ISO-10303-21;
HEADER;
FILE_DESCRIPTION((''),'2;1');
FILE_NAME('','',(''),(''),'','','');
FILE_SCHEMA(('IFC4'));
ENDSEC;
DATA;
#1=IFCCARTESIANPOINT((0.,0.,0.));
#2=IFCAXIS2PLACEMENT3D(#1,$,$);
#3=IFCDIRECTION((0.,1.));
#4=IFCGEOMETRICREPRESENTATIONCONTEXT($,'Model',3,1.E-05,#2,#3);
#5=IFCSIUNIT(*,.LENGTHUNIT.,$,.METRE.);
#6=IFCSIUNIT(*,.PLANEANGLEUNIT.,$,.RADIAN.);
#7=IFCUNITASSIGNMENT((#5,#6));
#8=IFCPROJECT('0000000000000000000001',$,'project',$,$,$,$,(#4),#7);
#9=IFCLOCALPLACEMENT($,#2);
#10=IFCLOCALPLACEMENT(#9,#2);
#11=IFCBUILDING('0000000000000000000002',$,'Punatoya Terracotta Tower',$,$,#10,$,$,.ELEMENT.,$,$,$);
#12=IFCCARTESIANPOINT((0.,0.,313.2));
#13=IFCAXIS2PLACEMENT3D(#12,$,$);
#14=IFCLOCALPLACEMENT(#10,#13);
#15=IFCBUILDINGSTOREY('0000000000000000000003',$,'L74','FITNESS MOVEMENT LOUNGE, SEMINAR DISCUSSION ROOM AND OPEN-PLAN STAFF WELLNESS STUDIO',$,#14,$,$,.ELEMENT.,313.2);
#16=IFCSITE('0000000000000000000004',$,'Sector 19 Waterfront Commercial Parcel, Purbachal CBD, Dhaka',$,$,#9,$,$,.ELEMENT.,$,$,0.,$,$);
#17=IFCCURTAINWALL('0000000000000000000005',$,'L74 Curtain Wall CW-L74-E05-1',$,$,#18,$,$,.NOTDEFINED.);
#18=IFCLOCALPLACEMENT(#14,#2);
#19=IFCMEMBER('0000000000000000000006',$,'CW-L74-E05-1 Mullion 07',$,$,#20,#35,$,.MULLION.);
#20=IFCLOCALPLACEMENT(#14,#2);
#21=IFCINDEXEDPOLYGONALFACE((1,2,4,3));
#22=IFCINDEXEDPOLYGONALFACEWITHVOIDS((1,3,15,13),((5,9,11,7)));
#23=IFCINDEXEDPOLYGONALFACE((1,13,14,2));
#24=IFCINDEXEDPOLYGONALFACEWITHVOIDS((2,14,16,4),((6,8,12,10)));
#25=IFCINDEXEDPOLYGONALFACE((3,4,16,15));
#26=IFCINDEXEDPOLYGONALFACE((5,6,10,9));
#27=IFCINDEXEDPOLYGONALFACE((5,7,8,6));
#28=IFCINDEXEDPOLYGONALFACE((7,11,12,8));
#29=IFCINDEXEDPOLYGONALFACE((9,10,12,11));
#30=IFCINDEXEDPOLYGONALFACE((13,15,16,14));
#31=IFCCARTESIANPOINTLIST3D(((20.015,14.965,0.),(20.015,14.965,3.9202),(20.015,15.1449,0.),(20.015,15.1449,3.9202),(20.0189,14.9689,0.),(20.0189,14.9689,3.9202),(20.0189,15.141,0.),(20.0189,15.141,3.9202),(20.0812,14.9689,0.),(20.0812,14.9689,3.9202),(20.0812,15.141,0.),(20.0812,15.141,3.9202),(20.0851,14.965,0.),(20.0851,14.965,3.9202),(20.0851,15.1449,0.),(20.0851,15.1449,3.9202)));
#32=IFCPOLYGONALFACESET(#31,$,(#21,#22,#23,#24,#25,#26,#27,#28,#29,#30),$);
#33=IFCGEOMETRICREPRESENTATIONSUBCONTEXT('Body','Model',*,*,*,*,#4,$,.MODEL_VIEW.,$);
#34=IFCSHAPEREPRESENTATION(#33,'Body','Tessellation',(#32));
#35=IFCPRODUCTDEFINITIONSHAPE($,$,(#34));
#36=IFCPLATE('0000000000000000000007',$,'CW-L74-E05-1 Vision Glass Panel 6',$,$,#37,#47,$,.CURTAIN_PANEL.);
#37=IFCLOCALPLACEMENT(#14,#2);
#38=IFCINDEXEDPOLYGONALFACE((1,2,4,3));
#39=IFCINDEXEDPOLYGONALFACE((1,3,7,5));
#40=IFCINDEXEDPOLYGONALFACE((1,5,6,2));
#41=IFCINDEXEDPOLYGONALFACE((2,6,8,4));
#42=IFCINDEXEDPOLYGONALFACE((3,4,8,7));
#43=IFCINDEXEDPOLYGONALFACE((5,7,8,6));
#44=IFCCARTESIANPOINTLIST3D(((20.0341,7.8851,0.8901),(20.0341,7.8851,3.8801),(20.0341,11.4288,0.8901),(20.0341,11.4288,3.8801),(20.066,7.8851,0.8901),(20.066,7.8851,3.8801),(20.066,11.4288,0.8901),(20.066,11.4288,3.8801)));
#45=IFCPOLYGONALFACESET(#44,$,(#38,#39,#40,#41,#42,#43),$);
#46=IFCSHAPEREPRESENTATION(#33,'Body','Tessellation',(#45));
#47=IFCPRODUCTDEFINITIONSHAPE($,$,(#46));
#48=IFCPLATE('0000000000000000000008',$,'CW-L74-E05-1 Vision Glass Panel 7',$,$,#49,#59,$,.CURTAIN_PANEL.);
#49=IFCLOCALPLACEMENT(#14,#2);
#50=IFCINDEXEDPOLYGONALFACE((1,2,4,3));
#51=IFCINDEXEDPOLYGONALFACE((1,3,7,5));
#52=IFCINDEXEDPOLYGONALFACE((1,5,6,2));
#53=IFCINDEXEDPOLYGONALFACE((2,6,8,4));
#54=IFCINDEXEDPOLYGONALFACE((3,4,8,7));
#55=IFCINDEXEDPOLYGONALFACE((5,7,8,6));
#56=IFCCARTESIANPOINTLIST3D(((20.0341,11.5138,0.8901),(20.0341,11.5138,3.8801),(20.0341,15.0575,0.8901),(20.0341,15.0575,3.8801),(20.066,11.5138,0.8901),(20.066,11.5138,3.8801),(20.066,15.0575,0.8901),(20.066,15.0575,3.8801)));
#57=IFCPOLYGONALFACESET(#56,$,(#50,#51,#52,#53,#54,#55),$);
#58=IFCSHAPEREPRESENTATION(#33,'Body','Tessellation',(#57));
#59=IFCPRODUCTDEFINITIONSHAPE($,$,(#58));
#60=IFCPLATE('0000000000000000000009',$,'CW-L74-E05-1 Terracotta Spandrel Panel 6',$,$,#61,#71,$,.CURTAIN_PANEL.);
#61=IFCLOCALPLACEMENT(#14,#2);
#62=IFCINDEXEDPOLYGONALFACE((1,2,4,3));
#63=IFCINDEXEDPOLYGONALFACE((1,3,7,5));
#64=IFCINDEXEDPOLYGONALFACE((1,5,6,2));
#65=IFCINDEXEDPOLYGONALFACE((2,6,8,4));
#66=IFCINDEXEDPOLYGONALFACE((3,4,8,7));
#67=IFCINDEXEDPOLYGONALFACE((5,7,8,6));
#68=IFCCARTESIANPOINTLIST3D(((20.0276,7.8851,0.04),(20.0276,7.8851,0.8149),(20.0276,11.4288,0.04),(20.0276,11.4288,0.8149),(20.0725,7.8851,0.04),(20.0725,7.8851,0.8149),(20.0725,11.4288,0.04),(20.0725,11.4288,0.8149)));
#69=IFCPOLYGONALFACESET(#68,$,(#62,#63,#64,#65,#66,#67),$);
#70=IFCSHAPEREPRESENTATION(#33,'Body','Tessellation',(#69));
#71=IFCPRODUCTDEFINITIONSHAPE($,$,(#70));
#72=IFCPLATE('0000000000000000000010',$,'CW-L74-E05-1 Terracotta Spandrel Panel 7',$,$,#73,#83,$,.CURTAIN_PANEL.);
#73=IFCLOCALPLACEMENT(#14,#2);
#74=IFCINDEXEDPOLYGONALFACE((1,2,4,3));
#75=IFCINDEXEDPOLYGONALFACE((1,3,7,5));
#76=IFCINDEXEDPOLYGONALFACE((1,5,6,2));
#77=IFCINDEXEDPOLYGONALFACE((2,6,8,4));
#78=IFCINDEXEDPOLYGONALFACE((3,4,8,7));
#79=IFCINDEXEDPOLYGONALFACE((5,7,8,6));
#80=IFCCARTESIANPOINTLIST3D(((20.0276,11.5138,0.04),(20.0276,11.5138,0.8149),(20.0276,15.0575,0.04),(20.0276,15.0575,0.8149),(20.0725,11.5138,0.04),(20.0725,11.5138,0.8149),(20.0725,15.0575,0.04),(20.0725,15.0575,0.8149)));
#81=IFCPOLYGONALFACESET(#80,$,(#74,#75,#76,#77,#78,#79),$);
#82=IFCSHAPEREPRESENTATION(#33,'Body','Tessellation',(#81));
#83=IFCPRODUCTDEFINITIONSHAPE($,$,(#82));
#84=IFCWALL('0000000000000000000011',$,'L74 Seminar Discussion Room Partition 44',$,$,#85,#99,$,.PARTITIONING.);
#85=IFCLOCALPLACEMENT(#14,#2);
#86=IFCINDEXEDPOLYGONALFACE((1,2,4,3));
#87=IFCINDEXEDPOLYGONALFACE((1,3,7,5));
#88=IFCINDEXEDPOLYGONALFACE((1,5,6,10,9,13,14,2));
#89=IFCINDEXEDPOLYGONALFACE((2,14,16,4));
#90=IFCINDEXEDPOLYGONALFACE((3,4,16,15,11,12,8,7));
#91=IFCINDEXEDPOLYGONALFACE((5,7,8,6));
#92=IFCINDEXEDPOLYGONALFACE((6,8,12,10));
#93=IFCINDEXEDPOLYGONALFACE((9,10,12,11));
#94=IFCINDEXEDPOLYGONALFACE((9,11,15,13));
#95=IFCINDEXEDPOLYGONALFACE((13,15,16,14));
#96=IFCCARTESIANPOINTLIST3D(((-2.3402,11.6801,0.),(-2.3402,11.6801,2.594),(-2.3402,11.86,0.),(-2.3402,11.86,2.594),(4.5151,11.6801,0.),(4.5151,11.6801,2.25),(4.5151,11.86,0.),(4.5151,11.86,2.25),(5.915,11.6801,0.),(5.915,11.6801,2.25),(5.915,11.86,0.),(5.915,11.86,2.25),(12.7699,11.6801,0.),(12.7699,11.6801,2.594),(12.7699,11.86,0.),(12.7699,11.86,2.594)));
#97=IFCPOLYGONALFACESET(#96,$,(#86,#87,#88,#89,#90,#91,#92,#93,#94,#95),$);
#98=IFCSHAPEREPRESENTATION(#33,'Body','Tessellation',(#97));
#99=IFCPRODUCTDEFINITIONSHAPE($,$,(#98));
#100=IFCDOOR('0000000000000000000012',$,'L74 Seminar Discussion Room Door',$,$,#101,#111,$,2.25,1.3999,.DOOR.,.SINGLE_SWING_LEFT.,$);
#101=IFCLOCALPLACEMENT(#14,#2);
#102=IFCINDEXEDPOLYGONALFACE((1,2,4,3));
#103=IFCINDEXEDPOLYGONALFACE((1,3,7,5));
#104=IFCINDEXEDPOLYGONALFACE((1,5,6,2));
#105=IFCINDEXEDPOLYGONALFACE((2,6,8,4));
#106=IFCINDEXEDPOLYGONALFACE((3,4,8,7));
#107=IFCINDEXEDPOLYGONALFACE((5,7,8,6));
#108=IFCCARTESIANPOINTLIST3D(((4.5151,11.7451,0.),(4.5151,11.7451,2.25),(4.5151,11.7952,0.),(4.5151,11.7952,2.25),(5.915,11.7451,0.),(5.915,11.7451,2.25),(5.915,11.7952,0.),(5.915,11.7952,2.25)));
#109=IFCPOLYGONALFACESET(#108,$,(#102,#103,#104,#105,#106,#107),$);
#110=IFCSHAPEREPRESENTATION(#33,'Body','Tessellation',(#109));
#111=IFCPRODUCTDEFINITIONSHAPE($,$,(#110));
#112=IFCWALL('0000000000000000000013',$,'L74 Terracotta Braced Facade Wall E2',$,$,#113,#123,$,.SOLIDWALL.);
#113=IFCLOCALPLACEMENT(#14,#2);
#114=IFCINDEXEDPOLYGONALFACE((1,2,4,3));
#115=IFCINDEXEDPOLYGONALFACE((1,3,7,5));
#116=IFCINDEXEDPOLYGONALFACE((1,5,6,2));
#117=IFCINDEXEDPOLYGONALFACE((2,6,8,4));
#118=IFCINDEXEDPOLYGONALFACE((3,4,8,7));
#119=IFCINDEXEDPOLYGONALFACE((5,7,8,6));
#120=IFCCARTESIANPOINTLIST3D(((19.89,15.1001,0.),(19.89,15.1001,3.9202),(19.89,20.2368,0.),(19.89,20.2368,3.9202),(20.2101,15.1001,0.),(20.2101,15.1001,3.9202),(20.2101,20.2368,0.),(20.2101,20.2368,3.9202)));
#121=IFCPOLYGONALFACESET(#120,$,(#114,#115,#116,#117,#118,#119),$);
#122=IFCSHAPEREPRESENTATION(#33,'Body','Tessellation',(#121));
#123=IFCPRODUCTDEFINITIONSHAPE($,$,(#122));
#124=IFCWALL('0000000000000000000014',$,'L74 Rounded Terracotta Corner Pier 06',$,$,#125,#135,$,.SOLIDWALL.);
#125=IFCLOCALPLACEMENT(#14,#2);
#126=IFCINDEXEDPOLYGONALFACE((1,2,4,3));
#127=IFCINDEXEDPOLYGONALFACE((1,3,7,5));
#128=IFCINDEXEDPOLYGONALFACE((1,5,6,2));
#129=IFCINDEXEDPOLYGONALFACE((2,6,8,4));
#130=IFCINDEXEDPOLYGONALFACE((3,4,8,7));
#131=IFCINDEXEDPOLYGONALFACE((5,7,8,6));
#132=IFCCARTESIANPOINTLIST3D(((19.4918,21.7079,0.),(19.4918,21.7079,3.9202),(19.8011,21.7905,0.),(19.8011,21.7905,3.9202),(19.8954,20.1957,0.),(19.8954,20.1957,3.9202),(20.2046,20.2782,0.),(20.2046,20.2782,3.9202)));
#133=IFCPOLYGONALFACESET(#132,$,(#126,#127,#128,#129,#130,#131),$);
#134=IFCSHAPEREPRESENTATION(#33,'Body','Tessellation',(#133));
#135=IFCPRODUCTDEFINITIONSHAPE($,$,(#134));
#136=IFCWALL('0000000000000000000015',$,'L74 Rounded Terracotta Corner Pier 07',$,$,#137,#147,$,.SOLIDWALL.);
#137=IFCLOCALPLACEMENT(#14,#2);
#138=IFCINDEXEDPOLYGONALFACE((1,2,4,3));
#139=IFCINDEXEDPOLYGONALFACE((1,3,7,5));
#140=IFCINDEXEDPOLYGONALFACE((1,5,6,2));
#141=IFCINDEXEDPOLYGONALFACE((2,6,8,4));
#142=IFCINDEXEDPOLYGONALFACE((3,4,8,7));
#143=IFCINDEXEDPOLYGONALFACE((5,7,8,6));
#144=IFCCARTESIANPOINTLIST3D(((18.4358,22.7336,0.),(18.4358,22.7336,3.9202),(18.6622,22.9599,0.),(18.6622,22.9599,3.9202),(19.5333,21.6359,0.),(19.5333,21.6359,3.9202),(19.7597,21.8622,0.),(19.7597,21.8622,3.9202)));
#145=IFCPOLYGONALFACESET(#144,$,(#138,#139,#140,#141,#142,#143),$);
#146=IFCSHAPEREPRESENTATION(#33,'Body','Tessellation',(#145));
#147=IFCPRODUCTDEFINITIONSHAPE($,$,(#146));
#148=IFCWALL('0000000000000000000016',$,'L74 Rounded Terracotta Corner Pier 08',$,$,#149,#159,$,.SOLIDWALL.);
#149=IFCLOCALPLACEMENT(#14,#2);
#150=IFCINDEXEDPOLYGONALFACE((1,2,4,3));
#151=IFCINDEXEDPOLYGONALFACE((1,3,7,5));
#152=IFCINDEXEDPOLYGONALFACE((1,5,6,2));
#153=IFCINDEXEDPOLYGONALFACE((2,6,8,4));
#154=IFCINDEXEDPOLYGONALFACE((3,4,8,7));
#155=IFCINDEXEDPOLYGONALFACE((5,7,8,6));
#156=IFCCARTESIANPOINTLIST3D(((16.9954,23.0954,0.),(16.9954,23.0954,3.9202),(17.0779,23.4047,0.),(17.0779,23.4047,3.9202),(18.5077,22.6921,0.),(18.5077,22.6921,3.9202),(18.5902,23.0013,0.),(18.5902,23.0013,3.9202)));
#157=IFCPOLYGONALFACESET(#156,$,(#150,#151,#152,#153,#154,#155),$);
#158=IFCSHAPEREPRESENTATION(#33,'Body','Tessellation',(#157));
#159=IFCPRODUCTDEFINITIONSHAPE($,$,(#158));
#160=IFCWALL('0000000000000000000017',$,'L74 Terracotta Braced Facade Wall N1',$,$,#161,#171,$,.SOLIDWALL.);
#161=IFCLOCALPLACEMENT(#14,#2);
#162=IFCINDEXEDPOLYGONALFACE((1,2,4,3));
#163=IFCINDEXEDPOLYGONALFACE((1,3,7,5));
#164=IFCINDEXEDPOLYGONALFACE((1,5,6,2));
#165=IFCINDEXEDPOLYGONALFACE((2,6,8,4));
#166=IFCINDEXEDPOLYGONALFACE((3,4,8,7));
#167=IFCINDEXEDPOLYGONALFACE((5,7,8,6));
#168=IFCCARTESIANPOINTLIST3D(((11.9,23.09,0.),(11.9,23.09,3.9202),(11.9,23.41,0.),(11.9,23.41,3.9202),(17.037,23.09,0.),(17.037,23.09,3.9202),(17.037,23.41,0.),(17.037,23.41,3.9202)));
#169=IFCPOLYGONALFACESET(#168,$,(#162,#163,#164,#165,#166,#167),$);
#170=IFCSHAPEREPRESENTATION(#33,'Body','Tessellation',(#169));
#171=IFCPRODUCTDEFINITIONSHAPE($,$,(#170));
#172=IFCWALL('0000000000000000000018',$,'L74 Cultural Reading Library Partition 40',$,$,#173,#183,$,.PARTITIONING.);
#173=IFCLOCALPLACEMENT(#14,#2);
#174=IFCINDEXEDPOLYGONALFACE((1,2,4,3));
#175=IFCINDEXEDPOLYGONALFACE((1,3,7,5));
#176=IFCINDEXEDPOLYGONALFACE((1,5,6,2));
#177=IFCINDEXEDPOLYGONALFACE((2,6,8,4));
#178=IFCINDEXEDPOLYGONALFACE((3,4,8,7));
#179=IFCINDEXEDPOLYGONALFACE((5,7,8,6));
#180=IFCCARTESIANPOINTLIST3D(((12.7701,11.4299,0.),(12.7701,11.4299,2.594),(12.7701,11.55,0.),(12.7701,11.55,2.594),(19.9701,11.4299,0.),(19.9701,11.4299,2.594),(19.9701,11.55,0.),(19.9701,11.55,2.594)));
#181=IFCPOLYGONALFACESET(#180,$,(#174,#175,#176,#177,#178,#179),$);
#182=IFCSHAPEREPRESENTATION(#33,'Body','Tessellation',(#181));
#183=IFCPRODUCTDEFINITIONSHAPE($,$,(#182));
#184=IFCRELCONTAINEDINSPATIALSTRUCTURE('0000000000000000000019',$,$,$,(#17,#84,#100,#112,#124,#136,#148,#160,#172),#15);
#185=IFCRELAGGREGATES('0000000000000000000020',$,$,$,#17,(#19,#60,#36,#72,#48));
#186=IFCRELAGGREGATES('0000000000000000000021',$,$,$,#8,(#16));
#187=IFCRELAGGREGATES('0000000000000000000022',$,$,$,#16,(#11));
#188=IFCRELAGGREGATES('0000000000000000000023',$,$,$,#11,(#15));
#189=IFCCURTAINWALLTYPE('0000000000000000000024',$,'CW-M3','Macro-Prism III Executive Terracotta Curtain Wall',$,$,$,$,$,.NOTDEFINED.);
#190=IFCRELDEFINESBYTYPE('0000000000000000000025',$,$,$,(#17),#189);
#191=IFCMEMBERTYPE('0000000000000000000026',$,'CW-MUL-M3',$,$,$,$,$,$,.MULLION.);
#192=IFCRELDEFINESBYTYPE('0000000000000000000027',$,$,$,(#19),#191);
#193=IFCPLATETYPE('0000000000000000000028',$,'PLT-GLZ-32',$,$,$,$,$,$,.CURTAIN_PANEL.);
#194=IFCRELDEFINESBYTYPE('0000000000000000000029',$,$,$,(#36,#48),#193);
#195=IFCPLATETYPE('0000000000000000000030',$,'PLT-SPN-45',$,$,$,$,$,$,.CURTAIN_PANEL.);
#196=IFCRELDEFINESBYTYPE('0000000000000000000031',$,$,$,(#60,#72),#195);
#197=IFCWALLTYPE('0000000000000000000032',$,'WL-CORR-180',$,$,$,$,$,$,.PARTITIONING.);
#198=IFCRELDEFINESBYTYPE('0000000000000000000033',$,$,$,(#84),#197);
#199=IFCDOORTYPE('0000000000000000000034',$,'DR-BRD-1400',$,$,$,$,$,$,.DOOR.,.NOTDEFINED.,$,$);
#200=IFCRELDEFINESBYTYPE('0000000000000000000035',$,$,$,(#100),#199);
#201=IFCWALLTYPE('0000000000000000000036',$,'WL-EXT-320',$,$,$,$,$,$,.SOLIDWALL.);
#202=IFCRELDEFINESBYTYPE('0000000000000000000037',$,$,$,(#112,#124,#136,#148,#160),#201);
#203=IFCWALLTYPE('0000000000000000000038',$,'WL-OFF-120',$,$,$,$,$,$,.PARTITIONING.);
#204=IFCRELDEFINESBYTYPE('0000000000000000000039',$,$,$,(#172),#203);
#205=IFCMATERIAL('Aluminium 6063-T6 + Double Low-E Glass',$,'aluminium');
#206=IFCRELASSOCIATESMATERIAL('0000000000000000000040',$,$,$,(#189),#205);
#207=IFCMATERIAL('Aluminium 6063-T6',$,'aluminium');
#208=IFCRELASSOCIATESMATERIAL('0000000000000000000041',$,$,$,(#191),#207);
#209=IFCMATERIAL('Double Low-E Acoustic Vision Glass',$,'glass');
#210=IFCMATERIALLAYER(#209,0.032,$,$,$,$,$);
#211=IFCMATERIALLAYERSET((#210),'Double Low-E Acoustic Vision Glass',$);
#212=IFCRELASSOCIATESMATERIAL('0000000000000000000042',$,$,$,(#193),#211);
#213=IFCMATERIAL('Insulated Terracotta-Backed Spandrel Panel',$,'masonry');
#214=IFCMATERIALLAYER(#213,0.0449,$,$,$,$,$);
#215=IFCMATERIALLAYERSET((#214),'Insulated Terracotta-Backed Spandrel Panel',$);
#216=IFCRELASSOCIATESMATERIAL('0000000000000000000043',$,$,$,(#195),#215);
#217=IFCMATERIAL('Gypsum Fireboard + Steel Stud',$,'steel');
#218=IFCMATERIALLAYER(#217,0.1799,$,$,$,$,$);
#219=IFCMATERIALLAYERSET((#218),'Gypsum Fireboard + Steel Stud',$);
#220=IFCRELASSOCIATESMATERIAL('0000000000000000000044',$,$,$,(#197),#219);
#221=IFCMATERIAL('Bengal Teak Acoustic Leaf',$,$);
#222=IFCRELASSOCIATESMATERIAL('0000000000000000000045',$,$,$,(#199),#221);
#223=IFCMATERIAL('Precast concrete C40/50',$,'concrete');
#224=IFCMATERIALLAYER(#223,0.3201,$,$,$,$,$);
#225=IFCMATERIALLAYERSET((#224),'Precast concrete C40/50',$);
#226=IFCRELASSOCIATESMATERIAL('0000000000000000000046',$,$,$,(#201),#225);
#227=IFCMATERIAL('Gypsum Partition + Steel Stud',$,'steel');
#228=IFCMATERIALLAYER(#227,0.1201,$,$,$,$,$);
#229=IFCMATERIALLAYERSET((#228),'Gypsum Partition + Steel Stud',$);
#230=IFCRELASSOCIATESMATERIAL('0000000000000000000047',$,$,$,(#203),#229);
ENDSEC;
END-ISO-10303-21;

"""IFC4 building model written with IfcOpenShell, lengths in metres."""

from ifc_helpers import new_model, si_unit, direction, frame, frame_2d, origin, origin_2d, place, context, subcontext, project, spatial, rectangle, hollow_rectangle, extrude, material, layer, layer_set, material_profile, profile_set, type_object, element, fill, aggregate, save


model = new_model("IFC4")

# Units and contexts
model_context = context("Model", 3, precision=1e-05, world=origin(), true_north=direction((0.0, 1.0)))
body_context = subcontext(model_context, "Body", "Model", "MODEL_VIEW")
ifc_project = project(units=[si_unit("LENGTHUNIT", "METRE"), si_unit("PLANEANGLEUNIT", "RADIAN")], contexts=[model_context])

# Site, building, storey
site_placement = place(None, origin())
site = spatial("IfcSite", under=ifc_project, at=site_placement, Name="Sector 19 Waterfront Commercial Parcel, Purbachal CBD, Dhaka", CompositionType="ELEMENT", RefElevation=0.0)
building_placement = place(site_placement, origin())
building = spatial("IfcBuilding", under=site, at=building_placement, Name="Punatoya Terracotta Tower", CompositionType="ELEMENT")
storey_placement = place(building_placement, frame((0.0, 0.0, 313.2)))
storey = spatial("IfcBuildingStorey", under=building, at=storey_placement, Name="L74", Description="FITNESS MOVEMENT LOUNGE, SEMINAR DISCUSSION ROOM AND OPEN-PLAN STAFF WELLNESS STUDIO", CompositionType="ELEMENT", Elevation=313.2)

# Curtain wall, member, plates
ifc_material_1 = material(Name="Aluminium 6063-T6 + Double Low-E Glass", Category="aluminium")
curtain_wall_type = type_object("IfcCurtainWallType", Name="CW-M3", Description="Macro-Prism III Executive Terracotta Curtain Wall", PredefinedType="NOTDEFINED", material=ifc_material_1)
curtain_wall_placement = place(storey_placement, origin())
curtain_wall = element("IfcCurtainWall", 1, at=curtain_wall_placement, inside=storey, type_object=curtain_wall_type, Name="L74 Curtain Wall CW-L74-E05-1", PredefinedType="NOTDEFINED")
ifc_material_2 = material(Name="Aluminium 6063-T6", Category="aluminium")
ifc_material_profile_1 = material_profile(ifc_material_2, hollow_rectangle(XDim=0.0701, YDim=0.1799, WallThickness=0.0039, at=origin_2d()))
ifc_profile_set_1 = profile_set([ifc_material_profile_1], Name="Aluminium 6063-T6")
member_type = type_object("IfcMemberType", Name="CW-MUL-M3", PredefinedType="MULLION", material=ifc_profile_set_1)
member_1_placement = place(storey_placement, frame((20.05, 15.0549, 0.0), z_axis=(0.0, 0.0, 1.0), x_axis=(1.0, 0.0, 0.0)))
member_1 = element("IfcMember", 2, at=member_1_placement, type_object=member_type, Name="CW-L74-E05-1 Mullion 07", PredefinedType="MULLION", context=body_context, shape_type="SweptSolid", body=[
    extrude(hollow_rectangle(XDim=0.0701, YDim=0.1799, WallThickness=0.0039, at=origin_2d()), origin(), (0.0, 0.0, 1.0), 3.9202),
])
ifc_material_3 = material(Name="Double Low-E Acoustic Vision Glass", Category="glass")
ifc_layer_1 = layer(ifc_material_3, 0.032)
ifc_layer_set_1 = layer_set([ifc_layer_1], Name="Double Low-E Acoustic Vision Glass")
plate_type_1 = type_object("IfcPlateType", Name="PLT-GLZ-32", PredefinedType="CURTAIN_PANEL", material=ifc_layer_set_1)
plate_1_placement = place(storey_placement, frame((20.05, 9.657, 0.8901), z_axis=(0.0, 0.0, 1.0), x_axis=(0.0, 1.0, 0.0)))
plate_1 = element("IfcPlate", 3, at=plate_1_placement, type_object=plate_type_1, Name="CW-L74-E05-1 Vision Glass Panel 6", PredefinedType="CURTAIN_PANEL", context=body_context, shape_type="SweptSolid", body=[
    extrude(rectangle(XDim=3.5437, YDim=0.032, at=origin_2d()), origin(), (0.0, 0.0, 1.0), 2.99),
])
plate_2_placement = place(storey_placement, frame((20.05, 13.2856, 0.8901), z_axis=(0.0, 0.0, 1.0), x_axis=(0.0, 1.0, 0.0)))
plate_2 = element("IfcPlate", 4, at=plate_2_placement, type_object=plate_type_1, Name="CW-L74-E05-1 Vision Glass Panel 7", PredefinedType="CURTAIN_PANEL", context=body_context, shape_type="SweptSolid", body=[
    extrude(rectangle(XDim=3.5437, YDim=0.032, at=origin_2d()), origin(), (0.0, 0.0, 1.0), 2.99),
])
ifc_material_4 = material(Name="Insulated Terracotta-Backed Spandrel Panel", Category="masonry")
ifc_layer_2 = layer(ifc_material_4, 0.0449)
ifc_layer_set_2 = layer_set([ifc_layer_2], Name="Insulated Terracotta-Backed Spandrel Panel")
plate_type_2 = type_object("IfcPlateType", Name="PLT-SPN-45", PredefinedType="CURTAIN_PANEL", material=ifc_layer_set_2)
plate_3_placement = place(storey_placement, frame((20.05, 9.657, 0.04), z_axis=(0.0, 0.0, 1.0), x_axis=(0.0, 1.0, 0.0)))
plate_3 = element("IfcPlate", 5, at=plate_3_placement, type_object=plate_type_2, Name="CW-L74-E05-1 Terracotta Spandrel Panel 6", PredefinedType="CURTAIN_PANEL", context=body_context, shape_type="SweptSolid", body=[
    extrude(rectangle(XDim=3.5437, YDim=0.0449, at=origin_2d()), origin(), (0.0, 0.0, 1.0), 0.7749),
])
plate_4_placement = place(storey_placement, frame((20.05, 13.2856, 0.04), z_axis=(0.0, 0.0, 1.0), x_axis=(0.0, 1.0, 0.0)))
plate_4 = element("IfcPlate", 6, at=plate_4_placement, type_object=plate_type_2, Name="CW-L74-E05-1 Terracotta Spandrel Panel 7", PredefinedType="CURTAIN_PANEL", context=body_context, shape_type="SweptSolid", body=[
    extrude(rectangle(XDim=3.5437, YDim=0.0449, at=origin_2d()), origin(), (0.0, 0.0, 1.0), 0.7749),
])
aggregate(curtain_wall, [member_1, plate_3, plate_1, plate_4, plate_2])

# Wall, opening, door
ifc_material_5 = material(Name="Gypsum Fireboard + Steel Stud", Category="steel")
ifc_layer_3 = layer(ifc_material_5, 0.1799)
ifc_layer_set_3 = layer_set([ifc_layer_3], Name="Gypsum Fireboard + Steel Stud")
wall_type_1 = type_object("IfcWallType", Name="WL-CORR-180", PredefinedType="PARTITIONING", material=ifc_layer_set_3)
wall_1_placement = place(storey_placement, frame((12.77, 11.77, 0.0), z_axis=(0.0, 0.0, 1.0), x_axis=(-1.0, 0.0, 0.0)))
wall_1 = element("IfcWall", 7, at=wall_1_placement, inside=storey, type_object=wall_type_1, Name="L74 Seminar Discussion Room Partition 44", PredefinedType="PARTITIONING", context=body_context, shape_type="SweptSolid", body=[
    extrude(rectangle(XDim=15.1101, YDim=0.1799, at=frame_2d((7.5552, 0.0))), origin(), (0.0, 0.0, 1.0), 2.594),
])
opening_placement = place(wall_1_placement, frame((6.855, 0.0, 0.0)))
opening = element("IfcOpeningElement", 8, at=opening_placement, cuts=wall_1, PredefinedType="OPENING", context=body_context, shape_type="SweptSolid", body=[
    extrude(rectangle(XDim=1.3999, YDim=2.25, at=frame_2d((0.7, 1.125))), frame((0.0, 0.0999, 0.0), z_axis=(0.0, -1.0, 0.0), x_axis=(1.0, 0.0, 0.0)), (0.0, 0.0, 1.0), 0.2),
])
ifc_material_6 = material(Name="Bengal Teak Acoustic Leaf")
door_type = type_object("IfcDoorType", Name="DR-BRD-1400", OperationType="NOTDEFINED", PredefinedType="DOOR", material=ifc_material_6)
door_placement = place(opening_placement, origin())
door = element("IfcDoor", 9, at=door_placement, inside=storey, type_object=door_type, Name="L74 Seminar Discussion Room Door", OperationType="SINGLE_SWING_LEFT", OverallHeight=2.25, OverallWidth=1.3999, PredefinedType="DOOR", context=body_context, shape_type="SweptSolid", body=[
    extrude(rectangle(XDim=1.3999, YDim=2.25, at=frame_2d((0.7, 1.125))), frame((0.0, 0.0249, 0.0), z_axis=(0.0, -1.0, 0.0), x_axis=(1.0, 0.0, 0.0)), (0.0, 0.0, 1.0), 0.05),
])
fill(opening, door)

# Walls
ifc_material_7 = material(Name="Precast concrete C40/50", Category="concrete")
ifc_layer_4 = layer(ifc_material_7, 0.3201)
ifc_layer_set_4 = layer_set([ifc_layer_4], Name="Precast concrete C40/50")
wall_type_2 = type_object("IfcWallType", Name="WL-EXT-320", PredefinedType="SOLIDWALL", material=ifc_layer_set_4)
wall_2_placement = place(storey_placement, frame((20.05, 15.1001, 0.0), z_axis=(0.0, 0.0, 1.0), x_axis=(0.0, 1.0, 0.0)))
element("IfcWall", 10, at=wall_2_placement, inside=storey, type_object=wall_type_2, Name="L74 Terracotta Braced Facade Wall E2", PredefinedType="SOLIDWALL", context=body_context, shape_type="SweptSolid", body=[
    extrude(rectangle(XDim=5.1367, YDim=0.3201, at=frame_2d((2.5684, 0.0))), origin(), (0.0, 0.0, 1.0), 3.9202),
])
wall_3_placement = place(storey_placement, frame((20.05, 20.2368, 0.0), z_axis=(0.0, 0.0, 1.0), x_axis=(-0.257847, 0.966186, 0.0)))
element("IfcWall", 11, at=wall_3_placement, inside=storey, type_object=wall_type_2, Name="L74 Rounded Terracotta Corner Pier 06", PredefinedType="SOLIDWALL", context=body_context, shape_type="SweptSolid", body=[
    extrude(rectangle(XDim=1.5652, YDim=0.3201, at=frame_2d((0.7827, 0.0))), origin(), (0.0, 0.0, 1.0), 3.9202),
])
wall_4_placement = place(storey_placement, frame((19.6465, 21.749, 0.0), z_axis=(0.0, 0.0, 1.0), x_axis=(-0.707028, 0.707185, 0.0)))
element("IfcWall", 12, at=wall_4_placement, inside=storey, type_object=wall_type_2, Name="L74 Rounded Terracotta Corner Pier 07", PredefinedType="SOLIDWALL", context=body_context, shape_type="SweptSolid", body=[
    extrude(rectangle(XDim=1.5522, YDim=0.3201, at=frame_2d((0.7761, 0.0))), origin(), (0.0, 0.0, 1.0), 3.9202),
])
wall_5_placement = place(storey_placement, frame((18.5491, 22.8467, 0.0), z_axis=(0.0, 0.0, 1.0), x_axis=(-0.966225, 0.257701, 0.0)))
element("IfcWall", 13, at=wall_5_placement, inside=storey, type_object=wall_type_2, Name="L74 Rounded Terracotta Corner Pier 08", PredefinedType="SOLIDWALL", context=body_context, shape_type="SweptSolid", body=[
    extrude(rectangle(XDim=1.5652, YDim=0.3201, at=frame_2d((0.7827, 0.0))), origin(), (0.0, 0.0, 1.0), 3.9202),
])
wall_6_placement = place(storey_placement, frame((17.0369, 23.25, 0.0), z_axis=(0.0, 0.0, 1.0), x_axis=(-1.0, 0.0, 0.0)))
element("IfcWall", 14, at=wall_6_placement, inside=storey, type_object=wall_type_2, Name="L74 Terracotta Braced Facade Wall N1", PredefinedType="SOLIDWALL", context=body_context, shape_type="SweptSolid", body=[
    extrude(rectangle(XDim=5.137, YDim=0.3201, at=frame_2d((2.5684, 0.0))), origin(), (0.0, 0.0, 1.0), 3.9202),
])
ifc_material_8 = material(Name="Gypsum Partition + Steel Stud", Category="steel")
ifc_layer_5 = layer(ifc_material_8, 0.1201)
ifc_layer_set_5 = layer_set([ifc_layer_5], Name="Gypsum Partition + Steel Stud")
wall_type_3 = type_object("IfcWallType", Name="WL-OFF-120", PredefinedType="PARTITIONING", material=ifc_layer_set_5)
wall_7_placement = place(storey_placement, frame((12.77, 11.49, 0.0), z_axis=(0.0, 0.0, 1.0), x_axis=(1.0, 0.0, 0.0)))
element("IfcWall", 15, at=wall_7_placement, inside=storey, type_object=wall_type_3, Name="L74 Cultural Reading Library Partition 40", PredefinedType="PARTITIONING", context=body_context, shape_type="SweptSolid", body=[
    extrude(rectangle(XDim=7.2, YDim=0.1201, at=frame_2d((3.6001, 0.0))), origin(), (0.0, 0.0, 1.0), 2.594),
])

save(model, "model.ifc")
